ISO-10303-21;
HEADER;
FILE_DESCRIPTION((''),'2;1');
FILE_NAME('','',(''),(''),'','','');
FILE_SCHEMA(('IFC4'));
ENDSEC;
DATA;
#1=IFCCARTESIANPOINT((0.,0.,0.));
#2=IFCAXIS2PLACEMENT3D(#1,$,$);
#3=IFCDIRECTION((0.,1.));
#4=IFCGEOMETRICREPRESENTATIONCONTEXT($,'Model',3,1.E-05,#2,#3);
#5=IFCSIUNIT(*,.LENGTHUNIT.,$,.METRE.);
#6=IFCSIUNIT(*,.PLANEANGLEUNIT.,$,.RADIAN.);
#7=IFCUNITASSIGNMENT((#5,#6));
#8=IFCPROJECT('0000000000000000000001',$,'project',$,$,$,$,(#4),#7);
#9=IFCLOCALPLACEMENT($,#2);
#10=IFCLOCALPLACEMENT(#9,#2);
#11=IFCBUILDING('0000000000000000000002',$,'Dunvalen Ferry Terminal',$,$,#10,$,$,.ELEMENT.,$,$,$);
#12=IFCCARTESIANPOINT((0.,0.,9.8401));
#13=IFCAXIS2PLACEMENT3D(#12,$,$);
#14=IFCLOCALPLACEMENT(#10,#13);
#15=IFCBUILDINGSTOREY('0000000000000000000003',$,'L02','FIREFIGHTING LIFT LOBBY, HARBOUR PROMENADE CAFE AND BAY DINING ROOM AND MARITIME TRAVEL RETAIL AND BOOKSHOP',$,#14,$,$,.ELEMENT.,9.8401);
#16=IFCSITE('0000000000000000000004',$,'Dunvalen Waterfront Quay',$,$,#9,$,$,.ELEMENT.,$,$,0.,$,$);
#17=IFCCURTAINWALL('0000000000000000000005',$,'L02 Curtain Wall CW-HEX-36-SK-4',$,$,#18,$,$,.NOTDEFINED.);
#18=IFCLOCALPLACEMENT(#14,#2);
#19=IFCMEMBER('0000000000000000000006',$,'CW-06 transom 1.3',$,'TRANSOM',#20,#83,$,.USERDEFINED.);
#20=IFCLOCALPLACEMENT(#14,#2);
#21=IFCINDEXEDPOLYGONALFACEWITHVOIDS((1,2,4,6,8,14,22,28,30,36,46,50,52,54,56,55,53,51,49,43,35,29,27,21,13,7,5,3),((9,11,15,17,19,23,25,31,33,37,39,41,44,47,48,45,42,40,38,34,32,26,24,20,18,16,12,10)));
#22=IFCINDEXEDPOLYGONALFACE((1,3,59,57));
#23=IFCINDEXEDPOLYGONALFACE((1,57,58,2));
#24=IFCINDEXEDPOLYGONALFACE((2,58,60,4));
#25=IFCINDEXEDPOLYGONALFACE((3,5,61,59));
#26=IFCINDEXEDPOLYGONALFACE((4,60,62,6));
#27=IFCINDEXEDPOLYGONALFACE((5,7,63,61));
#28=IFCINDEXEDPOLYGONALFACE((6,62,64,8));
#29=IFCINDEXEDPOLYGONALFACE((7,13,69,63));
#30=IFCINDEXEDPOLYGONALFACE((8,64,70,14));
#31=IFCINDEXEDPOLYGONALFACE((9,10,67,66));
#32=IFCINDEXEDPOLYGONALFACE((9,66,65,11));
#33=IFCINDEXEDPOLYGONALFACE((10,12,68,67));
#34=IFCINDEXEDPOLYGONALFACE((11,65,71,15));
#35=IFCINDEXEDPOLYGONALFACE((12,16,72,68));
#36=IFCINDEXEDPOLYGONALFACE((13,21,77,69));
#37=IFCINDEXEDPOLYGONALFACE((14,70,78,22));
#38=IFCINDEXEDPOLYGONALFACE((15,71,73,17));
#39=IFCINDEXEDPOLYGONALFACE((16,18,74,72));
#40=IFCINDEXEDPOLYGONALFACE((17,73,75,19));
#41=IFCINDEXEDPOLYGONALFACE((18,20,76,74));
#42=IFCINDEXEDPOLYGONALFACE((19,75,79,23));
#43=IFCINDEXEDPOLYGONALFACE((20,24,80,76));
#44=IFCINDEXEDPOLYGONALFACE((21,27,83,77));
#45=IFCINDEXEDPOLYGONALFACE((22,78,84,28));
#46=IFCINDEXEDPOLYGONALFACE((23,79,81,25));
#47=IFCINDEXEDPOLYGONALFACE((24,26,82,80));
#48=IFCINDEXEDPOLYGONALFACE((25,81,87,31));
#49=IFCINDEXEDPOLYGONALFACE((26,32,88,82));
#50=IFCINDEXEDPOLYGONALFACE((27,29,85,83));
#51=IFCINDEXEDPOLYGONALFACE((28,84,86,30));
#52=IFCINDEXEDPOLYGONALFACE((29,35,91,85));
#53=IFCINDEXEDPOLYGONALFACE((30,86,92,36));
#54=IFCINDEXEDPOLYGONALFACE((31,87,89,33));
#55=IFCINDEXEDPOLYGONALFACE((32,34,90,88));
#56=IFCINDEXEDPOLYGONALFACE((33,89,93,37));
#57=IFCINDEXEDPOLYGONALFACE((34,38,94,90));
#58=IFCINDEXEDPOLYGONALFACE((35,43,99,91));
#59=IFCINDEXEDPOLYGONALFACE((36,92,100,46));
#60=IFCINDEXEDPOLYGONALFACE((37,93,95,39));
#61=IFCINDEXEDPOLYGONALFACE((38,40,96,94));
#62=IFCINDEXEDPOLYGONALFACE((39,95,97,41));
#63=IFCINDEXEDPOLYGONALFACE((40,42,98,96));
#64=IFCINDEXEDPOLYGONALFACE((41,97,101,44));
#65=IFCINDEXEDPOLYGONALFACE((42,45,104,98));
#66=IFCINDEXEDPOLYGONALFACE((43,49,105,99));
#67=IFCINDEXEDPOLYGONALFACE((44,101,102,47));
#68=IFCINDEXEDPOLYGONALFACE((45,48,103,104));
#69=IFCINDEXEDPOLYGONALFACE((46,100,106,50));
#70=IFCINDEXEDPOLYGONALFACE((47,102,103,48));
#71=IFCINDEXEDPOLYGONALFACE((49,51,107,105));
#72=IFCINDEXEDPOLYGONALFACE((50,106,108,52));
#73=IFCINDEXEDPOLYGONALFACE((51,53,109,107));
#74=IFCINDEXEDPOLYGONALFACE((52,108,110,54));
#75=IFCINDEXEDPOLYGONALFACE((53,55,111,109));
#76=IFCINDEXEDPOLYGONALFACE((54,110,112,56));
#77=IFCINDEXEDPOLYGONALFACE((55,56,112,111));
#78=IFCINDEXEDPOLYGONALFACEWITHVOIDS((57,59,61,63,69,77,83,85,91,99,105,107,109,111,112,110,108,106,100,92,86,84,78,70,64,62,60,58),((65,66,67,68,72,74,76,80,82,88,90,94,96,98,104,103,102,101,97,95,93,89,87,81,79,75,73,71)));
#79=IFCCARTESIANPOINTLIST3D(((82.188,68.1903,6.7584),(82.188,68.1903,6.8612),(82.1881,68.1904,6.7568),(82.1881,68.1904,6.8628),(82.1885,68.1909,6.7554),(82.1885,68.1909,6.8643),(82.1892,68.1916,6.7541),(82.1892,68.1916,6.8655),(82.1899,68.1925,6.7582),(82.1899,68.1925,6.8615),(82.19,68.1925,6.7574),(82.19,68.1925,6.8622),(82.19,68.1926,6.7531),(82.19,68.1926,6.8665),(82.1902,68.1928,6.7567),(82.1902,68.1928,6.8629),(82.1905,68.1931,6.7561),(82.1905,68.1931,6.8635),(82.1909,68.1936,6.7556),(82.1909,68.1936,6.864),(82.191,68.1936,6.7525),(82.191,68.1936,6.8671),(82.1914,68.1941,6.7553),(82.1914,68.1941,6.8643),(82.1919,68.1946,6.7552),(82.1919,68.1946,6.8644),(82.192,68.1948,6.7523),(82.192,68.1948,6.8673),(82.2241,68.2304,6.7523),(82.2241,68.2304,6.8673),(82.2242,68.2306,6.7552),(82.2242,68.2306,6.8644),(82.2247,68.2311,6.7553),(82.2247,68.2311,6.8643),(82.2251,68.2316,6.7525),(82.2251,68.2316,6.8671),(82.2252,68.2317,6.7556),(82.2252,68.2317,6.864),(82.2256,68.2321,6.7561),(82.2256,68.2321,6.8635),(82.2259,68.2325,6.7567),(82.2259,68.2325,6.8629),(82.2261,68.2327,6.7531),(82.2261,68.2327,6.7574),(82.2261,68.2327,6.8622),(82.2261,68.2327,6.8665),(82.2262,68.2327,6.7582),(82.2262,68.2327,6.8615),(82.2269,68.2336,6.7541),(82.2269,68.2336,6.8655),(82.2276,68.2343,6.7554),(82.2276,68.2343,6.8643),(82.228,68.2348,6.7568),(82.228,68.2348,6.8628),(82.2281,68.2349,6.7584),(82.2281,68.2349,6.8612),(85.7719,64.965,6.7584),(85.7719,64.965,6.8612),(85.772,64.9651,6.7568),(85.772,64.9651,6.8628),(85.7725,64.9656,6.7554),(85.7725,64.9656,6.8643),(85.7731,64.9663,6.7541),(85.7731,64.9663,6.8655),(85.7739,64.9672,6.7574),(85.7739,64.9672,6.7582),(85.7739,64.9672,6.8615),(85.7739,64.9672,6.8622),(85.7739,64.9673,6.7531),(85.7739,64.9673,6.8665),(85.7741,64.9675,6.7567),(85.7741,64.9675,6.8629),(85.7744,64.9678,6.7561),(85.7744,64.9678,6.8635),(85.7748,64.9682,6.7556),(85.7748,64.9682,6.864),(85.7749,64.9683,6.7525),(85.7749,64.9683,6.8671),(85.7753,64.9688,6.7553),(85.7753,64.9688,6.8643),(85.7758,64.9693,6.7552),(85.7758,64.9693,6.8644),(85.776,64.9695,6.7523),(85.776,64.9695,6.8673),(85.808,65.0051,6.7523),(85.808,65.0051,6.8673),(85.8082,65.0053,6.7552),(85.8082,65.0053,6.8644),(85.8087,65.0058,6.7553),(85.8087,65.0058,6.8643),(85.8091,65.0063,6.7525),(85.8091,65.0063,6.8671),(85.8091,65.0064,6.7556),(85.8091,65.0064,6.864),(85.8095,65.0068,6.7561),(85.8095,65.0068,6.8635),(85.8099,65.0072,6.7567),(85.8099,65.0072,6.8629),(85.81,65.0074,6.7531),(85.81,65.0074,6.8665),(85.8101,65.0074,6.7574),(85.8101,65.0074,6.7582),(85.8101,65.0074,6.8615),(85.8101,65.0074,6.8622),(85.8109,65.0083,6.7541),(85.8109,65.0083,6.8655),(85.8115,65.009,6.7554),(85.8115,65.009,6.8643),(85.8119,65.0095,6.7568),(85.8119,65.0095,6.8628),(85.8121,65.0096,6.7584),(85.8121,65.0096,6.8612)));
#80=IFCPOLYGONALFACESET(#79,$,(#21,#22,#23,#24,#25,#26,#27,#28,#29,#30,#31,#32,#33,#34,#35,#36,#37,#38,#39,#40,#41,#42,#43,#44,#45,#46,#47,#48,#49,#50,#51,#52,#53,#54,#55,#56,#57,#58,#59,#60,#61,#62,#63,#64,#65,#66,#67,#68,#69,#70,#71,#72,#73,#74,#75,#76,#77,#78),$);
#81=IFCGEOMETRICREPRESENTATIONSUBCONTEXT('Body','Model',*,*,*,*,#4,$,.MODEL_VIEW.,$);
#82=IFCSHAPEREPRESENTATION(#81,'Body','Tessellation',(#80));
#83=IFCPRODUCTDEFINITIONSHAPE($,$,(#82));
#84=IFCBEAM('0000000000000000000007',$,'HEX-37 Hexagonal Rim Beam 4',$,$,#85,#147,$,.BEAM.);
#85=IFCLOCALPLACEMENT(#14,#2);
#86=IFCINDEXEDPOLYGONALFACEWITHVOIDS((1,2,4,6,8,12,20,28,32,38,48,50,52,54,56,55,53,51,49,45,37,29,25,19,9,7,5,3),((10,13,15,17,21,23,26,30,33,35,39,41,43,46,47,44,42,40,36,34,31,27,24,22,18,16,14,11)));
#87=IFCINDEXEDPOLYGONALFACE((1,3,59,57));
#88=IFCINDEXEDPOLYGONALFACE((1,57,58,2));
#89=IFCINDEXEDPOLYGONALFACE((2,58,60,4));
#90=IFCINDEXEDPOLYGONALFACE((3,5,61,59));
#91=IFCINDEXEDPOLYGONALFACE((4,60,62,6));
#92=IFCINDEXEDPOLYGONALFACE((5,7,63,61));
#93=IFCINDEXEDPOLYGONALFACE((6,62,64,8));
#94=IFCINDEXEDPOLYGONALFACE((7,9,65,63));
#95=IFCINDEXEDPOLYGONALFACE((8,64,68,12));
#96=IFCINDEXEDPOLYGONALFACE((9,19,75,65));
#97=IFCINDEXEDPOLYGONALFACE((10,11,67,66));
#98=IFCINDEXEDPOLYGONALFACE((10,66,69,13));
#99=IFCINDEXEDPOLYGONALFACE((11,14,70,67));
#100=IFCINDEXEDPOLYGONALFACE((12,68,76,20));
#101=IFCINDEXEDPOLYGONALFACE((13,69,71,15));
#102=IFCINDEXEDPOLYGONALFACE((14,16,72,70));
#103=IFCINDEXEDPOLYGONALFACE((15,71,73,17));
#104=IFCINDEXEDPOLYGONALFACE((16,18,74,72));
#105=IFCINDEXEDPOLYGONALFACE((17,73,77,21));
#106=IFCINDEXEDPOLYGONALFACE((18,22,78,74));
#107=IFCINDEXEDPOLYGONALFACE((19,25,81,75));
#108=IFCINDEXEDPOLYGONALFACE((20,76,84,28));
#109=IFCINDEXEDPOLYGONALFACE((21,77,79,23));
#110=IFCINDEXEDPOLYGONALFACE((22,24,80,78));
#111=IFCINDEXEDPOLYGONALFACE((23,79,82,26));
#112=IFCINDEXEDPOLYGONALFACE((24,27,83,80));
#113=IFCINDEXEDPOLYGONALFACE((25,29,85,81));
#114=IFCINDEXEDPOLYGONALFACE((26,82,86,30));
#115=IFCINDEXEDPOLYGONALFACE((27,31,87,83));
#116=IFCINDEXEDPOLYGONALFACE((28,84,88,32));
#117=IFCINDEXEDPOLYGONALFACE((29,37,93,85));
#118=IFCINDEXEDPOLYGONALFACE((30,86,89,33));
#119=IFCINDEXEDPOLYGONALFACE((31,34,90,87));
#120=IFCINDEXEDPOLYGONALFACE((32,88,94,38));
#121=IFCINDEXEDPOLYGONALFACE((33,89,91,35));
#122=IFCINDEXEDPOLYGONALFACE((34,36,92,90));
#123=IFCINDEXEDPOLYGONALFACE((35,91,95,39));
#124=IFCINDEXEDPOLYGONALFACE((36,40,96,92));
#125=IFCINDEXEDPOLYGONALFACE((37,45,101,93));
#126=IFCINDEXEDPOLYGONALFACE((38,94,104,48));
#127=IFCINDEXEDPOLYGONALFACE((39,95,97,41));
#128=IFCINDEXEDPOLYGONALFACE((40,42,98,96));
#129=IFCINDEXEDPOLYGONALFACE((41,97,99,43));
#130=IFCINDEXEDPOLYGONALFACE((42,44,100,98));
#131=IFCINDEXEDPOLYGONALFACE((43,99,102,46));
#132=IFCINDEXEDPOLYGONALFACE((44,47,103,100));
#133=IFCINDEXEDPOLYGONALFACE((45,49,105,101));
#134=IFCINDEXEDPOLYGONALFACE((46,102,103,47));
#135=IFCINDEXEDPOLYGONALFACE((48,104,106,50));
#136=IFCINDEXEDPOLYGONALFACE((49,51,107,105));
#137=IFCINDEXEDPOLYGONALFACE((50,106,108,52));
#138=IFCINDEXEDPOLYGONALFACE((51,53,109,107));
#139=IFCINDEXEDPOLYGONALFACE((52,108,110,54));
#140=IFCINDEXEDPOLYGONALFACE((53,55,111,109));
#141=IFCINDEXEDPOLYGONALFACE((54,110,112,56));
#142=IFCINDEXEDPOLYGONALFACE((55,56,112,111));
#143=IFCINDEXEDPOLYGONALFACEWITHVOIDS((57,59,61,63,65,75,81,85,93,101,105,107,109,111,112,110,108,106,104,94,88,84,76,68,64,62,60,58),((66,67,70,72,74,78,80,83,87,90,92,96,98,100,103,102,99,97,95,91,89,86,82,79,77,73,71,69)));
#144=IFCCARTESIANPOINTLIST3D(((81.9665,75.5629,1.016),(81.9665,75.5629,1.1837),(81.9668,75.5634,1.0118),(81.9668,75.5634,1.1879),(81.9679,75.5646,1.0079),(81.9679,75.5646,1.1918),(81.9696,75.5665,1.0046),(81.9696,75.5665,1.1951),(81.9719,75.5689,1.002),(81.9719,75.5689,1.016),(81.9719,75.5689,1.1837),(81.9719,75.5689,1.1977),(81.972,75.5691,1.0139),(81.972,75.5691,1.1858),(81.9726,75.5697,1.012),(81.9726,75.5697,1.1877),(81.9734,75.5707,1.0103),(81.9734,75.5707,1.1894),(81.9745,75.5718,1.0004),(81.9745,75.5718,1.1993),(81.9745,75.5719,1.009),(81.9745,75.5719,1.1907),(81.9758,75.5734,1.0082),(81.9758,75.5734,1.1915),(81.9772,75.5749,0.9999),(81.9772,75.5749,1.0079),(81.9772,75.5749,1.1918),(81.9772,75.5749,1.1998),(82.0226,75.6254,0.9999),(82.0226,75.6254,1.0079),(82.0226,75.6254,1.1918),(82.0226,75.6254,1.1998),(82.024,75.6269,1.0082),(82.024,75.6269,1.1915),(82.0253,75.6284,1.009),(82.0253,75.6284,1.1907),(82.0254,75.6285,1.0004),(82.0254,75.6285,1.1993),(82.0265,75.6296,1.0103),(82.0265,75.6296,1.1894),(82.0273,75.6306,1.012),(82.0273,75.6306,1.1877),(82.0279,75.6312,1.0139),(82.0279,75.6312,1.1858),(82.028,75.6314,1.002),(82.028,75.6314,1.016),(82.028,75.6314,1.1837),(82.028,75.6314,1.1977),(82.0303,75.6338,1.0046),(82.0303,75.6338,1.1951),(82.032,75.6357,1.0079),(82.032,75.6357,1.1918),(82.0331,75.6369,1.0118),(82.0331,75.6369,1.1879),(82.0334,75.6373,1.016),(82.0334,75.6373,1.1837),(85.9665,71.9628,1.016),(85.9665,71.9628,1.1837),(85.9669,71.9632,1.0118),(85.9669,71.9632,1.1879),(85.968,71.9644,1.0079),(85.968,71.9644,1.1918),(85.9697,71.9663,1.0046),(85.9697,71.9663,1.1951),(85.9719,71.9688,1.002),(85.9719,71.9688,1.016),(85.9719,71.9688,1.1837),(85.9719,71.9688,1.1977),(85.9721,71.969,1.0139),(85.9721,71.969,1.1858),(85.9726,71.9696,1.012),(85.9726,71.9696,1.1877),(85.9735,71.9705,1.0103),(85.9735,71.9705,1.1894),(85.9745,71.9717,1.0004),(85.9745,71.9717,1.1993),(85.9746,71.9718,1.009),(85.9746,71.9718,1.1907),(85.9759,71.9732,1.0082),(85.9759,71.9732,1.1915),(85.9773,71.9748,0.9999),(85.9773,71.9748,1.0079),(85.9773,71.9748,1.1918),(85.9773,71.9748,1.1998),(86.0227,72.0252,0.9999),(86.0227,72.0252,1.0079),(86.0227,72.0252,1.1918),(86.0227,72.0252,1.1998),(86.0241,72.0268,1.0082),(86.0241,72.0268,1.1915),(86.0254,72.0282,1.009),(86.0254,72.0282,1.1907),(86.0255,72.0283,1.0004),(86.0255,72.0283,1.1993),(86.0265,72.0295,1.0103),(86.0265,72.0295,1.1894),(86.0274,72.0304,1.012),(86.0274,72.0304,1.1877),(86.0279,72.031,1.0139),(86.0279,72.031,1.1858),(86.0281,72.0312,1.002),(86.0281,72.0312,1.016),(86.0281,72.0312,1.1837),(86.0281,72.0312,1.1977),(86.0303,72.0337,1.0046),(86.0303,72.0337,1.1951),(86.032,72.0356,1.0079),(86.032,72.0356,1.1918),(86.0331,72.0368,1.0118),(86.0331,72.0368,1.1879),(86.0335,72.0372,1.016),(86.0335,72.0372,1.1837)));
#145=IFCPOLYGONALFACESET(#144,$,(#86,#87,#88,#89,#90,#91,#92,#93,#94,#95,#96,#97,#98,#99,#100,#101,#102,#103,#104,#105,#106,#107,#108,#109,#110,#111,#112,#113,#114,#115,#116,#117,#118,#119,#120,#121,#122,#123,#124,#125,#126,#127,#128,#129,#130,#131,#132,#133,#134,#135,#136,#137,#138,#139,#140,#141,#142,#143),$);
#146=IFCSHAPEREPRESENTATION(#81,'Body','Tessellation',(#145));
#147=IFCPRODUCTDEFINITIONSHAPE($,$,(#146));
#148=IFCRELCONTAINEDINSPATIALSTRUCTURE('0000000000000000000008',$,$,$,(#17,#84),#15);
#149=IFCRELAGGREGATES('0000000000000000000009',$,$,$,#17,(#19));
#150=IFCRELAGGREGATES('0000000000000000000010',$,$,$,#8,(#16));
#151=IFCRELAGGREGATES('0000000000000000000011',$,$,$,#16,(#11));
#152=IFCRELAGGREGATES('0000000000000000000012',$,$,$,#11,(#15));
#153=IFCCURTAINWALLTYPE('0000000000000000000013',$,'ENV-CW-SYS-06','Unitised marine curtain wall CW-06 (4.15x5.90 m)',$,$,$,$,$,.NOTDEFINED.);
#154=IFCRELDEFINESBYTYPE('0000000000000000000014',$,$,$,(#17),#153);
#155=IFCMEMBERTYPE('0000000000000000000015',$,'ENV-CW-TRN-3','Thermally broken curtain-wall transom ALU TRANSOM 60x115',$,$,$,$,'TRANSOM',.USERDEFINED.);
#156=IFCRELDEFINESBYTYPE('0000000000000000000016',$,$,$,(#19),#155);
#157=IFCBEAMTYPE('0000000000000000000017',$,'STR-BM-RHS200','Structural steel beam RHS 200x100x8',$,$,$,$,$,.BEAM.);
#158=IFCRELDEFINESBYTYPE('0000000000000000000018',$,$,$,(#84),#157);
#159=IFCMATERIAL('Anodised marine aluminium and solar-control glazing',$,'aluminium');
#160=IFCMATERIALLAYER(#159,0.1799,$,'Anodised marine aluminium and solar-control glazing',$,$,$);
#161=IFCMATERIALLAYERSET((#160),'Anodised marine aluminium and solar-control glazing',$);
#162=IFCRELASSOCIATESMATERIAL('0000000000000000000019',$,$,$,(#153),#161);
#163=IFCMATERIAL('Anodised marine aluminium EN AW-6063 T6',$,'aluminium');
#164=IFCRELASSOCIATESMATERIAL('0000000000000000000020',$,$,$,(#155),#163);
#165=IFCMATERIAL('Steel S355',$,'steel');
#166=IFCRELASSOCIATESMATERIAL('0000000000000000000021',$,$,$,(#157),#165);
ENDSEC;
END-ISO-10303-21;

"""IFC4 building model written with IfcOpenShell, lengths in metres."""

from ifc_helpers import new_model, si_unit, direction, frame, origin, origin_2d, place, context, subcontext, project, spatial, hollow_rectangle, extrude, material, layer, layer_set, material_profile, profile_set, type_object, element, aggregate, save


model = new_model("IFC4")

# Units and contexts
model_context = context("Model", 3, precision=1e-05, world=origin(), true_north=direction((0.0, 1.0)))
body_context = subcontext(model_context, "Body", "Model", "MODEL_VIEW")
ifc_project = project(units=[si_unit("LENGTHUNIT", "METRE"), si_unit("PLANEANGLEUNIT", "RADIAN")], contexts=[model_context])

# Site, building, storey
site_placement = place(None, origin())
site = spatial("IfcSite", under=ifc_project, at=site_placement, Name="Dunvalen Waterfront Quay", CompositionType="ELEMENT", RefElevation=0.0)
building_placement = place(site_placement, origin())
building = spatial("IfcBuilding", under=site, at=building_placement, Name="Dunvalen Ferry Terminal", CompositionType="ELEMENT")
storey_placement = place(building_placement, frame((0.0, 0.0, 9.8401)))
storey = spatial("IfcBuildingStorey", under=building, at=storey_placement, Name="L02", Description="FIREFIGHTING LIFT LOBBY, HARBOUR PROMENADE CAFE AND BAY DINING ROOM AND MARITIME TRAVEL RETAIL AND BOOKSHOP", CompositionType="ELEMENT", Elevation=9.8401)

# Shared definitions
ifc_material_1 = material(Name="Anodised marine aluminium and solar-control glazing", Category="aluminium")
ifc_material_2 = material(Name="Anodised marine aluminium EN AW-6063 T6", Category="aluminium")

# Curtain wall, member
ifc_layer_1 = layer(ifc_material_1, 0.1799, Name="Anodised marine aluminium and solar-control glazing")
ifc_layer_set_1 = layer_set([ifc_layer_1], Name="Anodised marine aluminium and solar-control glazing")
curtain_wall_type_1 = type_object("IfcCurtainWallType", Name="ENV-CW-SYS-06", Description="Unitised marine curtain wall CW-06 (4.15x5.90 m)", PredefinedType="NOTDEFINED", material=ifc_layer_set_1)
curtain_wall_1_placement = place(storey_placement, origin())
curtain_wall_1 = element("IfcCurtainWall", 1, at=curtain_wall_1_placement, inside=storey, type_object=curtain_wall_type_1, Name="L02 Curtain Wall CW-HEX-36-SK-4", PredefinedType="NOTDEFINED")
ifc_material_profile_1 = material_profile(ifc_material_2, hollow_rectangle(XDim=0.0601, YDim=0.115, WallThickness=0.0029, InnerFilletRadius=0.0029, OuterFilletRadius=0.0061, at=origin_2d()), Name="Anodised marine aluminium EN AW-6063 T6")
ifc_profile_set_1 = profile_set([ifc_material_profile_1], Name="Anodised marine aluminium EN AW-6063 T6")
member_type_1 = type_object("IfcMemberType", Name="ENV-CW-TRN-3", Description="Thermally broken curtain-wall transom ALU TRANSOM 60x115", ElementType="TRANSOM", PredefinedType="USERDEFINED", material=ifc_profile_set_1)
member_1_placement = place(storey_placement, frame((85.792, 64.9873, 6.8098), z_axis=(-0.743319, 0.668937, 0.0), x_axis=(-0.668937, -0.743319, 0.0)))
member_1 = element("IfcMember", 2, at=member_1_placement, type_object=member_type_1, Name="CW-06 transom 1.3", ObjectType="TRANSOM", PredefinedType="USERDEFINED", context=body_context, shape_type="SweptSolid", body=[
    extrude(hollow_rectangle(XDim=0.0601, YDim=0.115, WallThickness=0.0029, InnerFilletRadius=0.0029, OuterFilletRadius=0.0061, at=origin_2d()), origin(), (0.0, 0.0, 1.0), 4.8215),
])
aggregate(curtain_wall_1, [member_1])

# Beam
ifc_material_3 = material(Name="Steel S355", Category="steel")
ifc_material_profile_2 = material_profile(ifc_material_3, hollow_rectangle(XDim=0.1001, YDim=0.2, WallThickness=0.0081, InnerFilletRadius=0.0081, OuterFilletRadius=0.0161, at=origin_2d()), Name="Steel S355")
ifc_profile_set_2 = profile_set([ifc_material_profile_2], Name="Steel S355")
beam_type_1 = type_object("IfcBeamType", Name="STR-BM-RHS200", Description="Structural steel beam RHS 200x100x8", PredefinedType="BEAM", material=ifc_profile_set_2)
beam_1_placement = place(storey_placement, frame((86.0, 72.0, 1.0999), z_axis=(-0.743285, 0.668975, 0.0), x_axis=(-0.668975, -0.743285, 0.0)))
element("IfcBeam", 3, at=beam_1_placement, inside=storey, type_object=beam_type_1, Name="HEX-37 Hexagonal Rim Beam 4", PredefinedType="BEAM", context=body_context, shape_type="SweptSolid", body=[
    extrude(hollow_rectangle(XDim=0.1001, YDim=0.2, WallThickness=0.0081, InnerFilletRadius=0.0081, OuterFilletRadius=0.0161, at=origin_2d()), origin(), (0.0, 0.0, 1.0), 5.3816),
])

save(model, "model.ifc")
